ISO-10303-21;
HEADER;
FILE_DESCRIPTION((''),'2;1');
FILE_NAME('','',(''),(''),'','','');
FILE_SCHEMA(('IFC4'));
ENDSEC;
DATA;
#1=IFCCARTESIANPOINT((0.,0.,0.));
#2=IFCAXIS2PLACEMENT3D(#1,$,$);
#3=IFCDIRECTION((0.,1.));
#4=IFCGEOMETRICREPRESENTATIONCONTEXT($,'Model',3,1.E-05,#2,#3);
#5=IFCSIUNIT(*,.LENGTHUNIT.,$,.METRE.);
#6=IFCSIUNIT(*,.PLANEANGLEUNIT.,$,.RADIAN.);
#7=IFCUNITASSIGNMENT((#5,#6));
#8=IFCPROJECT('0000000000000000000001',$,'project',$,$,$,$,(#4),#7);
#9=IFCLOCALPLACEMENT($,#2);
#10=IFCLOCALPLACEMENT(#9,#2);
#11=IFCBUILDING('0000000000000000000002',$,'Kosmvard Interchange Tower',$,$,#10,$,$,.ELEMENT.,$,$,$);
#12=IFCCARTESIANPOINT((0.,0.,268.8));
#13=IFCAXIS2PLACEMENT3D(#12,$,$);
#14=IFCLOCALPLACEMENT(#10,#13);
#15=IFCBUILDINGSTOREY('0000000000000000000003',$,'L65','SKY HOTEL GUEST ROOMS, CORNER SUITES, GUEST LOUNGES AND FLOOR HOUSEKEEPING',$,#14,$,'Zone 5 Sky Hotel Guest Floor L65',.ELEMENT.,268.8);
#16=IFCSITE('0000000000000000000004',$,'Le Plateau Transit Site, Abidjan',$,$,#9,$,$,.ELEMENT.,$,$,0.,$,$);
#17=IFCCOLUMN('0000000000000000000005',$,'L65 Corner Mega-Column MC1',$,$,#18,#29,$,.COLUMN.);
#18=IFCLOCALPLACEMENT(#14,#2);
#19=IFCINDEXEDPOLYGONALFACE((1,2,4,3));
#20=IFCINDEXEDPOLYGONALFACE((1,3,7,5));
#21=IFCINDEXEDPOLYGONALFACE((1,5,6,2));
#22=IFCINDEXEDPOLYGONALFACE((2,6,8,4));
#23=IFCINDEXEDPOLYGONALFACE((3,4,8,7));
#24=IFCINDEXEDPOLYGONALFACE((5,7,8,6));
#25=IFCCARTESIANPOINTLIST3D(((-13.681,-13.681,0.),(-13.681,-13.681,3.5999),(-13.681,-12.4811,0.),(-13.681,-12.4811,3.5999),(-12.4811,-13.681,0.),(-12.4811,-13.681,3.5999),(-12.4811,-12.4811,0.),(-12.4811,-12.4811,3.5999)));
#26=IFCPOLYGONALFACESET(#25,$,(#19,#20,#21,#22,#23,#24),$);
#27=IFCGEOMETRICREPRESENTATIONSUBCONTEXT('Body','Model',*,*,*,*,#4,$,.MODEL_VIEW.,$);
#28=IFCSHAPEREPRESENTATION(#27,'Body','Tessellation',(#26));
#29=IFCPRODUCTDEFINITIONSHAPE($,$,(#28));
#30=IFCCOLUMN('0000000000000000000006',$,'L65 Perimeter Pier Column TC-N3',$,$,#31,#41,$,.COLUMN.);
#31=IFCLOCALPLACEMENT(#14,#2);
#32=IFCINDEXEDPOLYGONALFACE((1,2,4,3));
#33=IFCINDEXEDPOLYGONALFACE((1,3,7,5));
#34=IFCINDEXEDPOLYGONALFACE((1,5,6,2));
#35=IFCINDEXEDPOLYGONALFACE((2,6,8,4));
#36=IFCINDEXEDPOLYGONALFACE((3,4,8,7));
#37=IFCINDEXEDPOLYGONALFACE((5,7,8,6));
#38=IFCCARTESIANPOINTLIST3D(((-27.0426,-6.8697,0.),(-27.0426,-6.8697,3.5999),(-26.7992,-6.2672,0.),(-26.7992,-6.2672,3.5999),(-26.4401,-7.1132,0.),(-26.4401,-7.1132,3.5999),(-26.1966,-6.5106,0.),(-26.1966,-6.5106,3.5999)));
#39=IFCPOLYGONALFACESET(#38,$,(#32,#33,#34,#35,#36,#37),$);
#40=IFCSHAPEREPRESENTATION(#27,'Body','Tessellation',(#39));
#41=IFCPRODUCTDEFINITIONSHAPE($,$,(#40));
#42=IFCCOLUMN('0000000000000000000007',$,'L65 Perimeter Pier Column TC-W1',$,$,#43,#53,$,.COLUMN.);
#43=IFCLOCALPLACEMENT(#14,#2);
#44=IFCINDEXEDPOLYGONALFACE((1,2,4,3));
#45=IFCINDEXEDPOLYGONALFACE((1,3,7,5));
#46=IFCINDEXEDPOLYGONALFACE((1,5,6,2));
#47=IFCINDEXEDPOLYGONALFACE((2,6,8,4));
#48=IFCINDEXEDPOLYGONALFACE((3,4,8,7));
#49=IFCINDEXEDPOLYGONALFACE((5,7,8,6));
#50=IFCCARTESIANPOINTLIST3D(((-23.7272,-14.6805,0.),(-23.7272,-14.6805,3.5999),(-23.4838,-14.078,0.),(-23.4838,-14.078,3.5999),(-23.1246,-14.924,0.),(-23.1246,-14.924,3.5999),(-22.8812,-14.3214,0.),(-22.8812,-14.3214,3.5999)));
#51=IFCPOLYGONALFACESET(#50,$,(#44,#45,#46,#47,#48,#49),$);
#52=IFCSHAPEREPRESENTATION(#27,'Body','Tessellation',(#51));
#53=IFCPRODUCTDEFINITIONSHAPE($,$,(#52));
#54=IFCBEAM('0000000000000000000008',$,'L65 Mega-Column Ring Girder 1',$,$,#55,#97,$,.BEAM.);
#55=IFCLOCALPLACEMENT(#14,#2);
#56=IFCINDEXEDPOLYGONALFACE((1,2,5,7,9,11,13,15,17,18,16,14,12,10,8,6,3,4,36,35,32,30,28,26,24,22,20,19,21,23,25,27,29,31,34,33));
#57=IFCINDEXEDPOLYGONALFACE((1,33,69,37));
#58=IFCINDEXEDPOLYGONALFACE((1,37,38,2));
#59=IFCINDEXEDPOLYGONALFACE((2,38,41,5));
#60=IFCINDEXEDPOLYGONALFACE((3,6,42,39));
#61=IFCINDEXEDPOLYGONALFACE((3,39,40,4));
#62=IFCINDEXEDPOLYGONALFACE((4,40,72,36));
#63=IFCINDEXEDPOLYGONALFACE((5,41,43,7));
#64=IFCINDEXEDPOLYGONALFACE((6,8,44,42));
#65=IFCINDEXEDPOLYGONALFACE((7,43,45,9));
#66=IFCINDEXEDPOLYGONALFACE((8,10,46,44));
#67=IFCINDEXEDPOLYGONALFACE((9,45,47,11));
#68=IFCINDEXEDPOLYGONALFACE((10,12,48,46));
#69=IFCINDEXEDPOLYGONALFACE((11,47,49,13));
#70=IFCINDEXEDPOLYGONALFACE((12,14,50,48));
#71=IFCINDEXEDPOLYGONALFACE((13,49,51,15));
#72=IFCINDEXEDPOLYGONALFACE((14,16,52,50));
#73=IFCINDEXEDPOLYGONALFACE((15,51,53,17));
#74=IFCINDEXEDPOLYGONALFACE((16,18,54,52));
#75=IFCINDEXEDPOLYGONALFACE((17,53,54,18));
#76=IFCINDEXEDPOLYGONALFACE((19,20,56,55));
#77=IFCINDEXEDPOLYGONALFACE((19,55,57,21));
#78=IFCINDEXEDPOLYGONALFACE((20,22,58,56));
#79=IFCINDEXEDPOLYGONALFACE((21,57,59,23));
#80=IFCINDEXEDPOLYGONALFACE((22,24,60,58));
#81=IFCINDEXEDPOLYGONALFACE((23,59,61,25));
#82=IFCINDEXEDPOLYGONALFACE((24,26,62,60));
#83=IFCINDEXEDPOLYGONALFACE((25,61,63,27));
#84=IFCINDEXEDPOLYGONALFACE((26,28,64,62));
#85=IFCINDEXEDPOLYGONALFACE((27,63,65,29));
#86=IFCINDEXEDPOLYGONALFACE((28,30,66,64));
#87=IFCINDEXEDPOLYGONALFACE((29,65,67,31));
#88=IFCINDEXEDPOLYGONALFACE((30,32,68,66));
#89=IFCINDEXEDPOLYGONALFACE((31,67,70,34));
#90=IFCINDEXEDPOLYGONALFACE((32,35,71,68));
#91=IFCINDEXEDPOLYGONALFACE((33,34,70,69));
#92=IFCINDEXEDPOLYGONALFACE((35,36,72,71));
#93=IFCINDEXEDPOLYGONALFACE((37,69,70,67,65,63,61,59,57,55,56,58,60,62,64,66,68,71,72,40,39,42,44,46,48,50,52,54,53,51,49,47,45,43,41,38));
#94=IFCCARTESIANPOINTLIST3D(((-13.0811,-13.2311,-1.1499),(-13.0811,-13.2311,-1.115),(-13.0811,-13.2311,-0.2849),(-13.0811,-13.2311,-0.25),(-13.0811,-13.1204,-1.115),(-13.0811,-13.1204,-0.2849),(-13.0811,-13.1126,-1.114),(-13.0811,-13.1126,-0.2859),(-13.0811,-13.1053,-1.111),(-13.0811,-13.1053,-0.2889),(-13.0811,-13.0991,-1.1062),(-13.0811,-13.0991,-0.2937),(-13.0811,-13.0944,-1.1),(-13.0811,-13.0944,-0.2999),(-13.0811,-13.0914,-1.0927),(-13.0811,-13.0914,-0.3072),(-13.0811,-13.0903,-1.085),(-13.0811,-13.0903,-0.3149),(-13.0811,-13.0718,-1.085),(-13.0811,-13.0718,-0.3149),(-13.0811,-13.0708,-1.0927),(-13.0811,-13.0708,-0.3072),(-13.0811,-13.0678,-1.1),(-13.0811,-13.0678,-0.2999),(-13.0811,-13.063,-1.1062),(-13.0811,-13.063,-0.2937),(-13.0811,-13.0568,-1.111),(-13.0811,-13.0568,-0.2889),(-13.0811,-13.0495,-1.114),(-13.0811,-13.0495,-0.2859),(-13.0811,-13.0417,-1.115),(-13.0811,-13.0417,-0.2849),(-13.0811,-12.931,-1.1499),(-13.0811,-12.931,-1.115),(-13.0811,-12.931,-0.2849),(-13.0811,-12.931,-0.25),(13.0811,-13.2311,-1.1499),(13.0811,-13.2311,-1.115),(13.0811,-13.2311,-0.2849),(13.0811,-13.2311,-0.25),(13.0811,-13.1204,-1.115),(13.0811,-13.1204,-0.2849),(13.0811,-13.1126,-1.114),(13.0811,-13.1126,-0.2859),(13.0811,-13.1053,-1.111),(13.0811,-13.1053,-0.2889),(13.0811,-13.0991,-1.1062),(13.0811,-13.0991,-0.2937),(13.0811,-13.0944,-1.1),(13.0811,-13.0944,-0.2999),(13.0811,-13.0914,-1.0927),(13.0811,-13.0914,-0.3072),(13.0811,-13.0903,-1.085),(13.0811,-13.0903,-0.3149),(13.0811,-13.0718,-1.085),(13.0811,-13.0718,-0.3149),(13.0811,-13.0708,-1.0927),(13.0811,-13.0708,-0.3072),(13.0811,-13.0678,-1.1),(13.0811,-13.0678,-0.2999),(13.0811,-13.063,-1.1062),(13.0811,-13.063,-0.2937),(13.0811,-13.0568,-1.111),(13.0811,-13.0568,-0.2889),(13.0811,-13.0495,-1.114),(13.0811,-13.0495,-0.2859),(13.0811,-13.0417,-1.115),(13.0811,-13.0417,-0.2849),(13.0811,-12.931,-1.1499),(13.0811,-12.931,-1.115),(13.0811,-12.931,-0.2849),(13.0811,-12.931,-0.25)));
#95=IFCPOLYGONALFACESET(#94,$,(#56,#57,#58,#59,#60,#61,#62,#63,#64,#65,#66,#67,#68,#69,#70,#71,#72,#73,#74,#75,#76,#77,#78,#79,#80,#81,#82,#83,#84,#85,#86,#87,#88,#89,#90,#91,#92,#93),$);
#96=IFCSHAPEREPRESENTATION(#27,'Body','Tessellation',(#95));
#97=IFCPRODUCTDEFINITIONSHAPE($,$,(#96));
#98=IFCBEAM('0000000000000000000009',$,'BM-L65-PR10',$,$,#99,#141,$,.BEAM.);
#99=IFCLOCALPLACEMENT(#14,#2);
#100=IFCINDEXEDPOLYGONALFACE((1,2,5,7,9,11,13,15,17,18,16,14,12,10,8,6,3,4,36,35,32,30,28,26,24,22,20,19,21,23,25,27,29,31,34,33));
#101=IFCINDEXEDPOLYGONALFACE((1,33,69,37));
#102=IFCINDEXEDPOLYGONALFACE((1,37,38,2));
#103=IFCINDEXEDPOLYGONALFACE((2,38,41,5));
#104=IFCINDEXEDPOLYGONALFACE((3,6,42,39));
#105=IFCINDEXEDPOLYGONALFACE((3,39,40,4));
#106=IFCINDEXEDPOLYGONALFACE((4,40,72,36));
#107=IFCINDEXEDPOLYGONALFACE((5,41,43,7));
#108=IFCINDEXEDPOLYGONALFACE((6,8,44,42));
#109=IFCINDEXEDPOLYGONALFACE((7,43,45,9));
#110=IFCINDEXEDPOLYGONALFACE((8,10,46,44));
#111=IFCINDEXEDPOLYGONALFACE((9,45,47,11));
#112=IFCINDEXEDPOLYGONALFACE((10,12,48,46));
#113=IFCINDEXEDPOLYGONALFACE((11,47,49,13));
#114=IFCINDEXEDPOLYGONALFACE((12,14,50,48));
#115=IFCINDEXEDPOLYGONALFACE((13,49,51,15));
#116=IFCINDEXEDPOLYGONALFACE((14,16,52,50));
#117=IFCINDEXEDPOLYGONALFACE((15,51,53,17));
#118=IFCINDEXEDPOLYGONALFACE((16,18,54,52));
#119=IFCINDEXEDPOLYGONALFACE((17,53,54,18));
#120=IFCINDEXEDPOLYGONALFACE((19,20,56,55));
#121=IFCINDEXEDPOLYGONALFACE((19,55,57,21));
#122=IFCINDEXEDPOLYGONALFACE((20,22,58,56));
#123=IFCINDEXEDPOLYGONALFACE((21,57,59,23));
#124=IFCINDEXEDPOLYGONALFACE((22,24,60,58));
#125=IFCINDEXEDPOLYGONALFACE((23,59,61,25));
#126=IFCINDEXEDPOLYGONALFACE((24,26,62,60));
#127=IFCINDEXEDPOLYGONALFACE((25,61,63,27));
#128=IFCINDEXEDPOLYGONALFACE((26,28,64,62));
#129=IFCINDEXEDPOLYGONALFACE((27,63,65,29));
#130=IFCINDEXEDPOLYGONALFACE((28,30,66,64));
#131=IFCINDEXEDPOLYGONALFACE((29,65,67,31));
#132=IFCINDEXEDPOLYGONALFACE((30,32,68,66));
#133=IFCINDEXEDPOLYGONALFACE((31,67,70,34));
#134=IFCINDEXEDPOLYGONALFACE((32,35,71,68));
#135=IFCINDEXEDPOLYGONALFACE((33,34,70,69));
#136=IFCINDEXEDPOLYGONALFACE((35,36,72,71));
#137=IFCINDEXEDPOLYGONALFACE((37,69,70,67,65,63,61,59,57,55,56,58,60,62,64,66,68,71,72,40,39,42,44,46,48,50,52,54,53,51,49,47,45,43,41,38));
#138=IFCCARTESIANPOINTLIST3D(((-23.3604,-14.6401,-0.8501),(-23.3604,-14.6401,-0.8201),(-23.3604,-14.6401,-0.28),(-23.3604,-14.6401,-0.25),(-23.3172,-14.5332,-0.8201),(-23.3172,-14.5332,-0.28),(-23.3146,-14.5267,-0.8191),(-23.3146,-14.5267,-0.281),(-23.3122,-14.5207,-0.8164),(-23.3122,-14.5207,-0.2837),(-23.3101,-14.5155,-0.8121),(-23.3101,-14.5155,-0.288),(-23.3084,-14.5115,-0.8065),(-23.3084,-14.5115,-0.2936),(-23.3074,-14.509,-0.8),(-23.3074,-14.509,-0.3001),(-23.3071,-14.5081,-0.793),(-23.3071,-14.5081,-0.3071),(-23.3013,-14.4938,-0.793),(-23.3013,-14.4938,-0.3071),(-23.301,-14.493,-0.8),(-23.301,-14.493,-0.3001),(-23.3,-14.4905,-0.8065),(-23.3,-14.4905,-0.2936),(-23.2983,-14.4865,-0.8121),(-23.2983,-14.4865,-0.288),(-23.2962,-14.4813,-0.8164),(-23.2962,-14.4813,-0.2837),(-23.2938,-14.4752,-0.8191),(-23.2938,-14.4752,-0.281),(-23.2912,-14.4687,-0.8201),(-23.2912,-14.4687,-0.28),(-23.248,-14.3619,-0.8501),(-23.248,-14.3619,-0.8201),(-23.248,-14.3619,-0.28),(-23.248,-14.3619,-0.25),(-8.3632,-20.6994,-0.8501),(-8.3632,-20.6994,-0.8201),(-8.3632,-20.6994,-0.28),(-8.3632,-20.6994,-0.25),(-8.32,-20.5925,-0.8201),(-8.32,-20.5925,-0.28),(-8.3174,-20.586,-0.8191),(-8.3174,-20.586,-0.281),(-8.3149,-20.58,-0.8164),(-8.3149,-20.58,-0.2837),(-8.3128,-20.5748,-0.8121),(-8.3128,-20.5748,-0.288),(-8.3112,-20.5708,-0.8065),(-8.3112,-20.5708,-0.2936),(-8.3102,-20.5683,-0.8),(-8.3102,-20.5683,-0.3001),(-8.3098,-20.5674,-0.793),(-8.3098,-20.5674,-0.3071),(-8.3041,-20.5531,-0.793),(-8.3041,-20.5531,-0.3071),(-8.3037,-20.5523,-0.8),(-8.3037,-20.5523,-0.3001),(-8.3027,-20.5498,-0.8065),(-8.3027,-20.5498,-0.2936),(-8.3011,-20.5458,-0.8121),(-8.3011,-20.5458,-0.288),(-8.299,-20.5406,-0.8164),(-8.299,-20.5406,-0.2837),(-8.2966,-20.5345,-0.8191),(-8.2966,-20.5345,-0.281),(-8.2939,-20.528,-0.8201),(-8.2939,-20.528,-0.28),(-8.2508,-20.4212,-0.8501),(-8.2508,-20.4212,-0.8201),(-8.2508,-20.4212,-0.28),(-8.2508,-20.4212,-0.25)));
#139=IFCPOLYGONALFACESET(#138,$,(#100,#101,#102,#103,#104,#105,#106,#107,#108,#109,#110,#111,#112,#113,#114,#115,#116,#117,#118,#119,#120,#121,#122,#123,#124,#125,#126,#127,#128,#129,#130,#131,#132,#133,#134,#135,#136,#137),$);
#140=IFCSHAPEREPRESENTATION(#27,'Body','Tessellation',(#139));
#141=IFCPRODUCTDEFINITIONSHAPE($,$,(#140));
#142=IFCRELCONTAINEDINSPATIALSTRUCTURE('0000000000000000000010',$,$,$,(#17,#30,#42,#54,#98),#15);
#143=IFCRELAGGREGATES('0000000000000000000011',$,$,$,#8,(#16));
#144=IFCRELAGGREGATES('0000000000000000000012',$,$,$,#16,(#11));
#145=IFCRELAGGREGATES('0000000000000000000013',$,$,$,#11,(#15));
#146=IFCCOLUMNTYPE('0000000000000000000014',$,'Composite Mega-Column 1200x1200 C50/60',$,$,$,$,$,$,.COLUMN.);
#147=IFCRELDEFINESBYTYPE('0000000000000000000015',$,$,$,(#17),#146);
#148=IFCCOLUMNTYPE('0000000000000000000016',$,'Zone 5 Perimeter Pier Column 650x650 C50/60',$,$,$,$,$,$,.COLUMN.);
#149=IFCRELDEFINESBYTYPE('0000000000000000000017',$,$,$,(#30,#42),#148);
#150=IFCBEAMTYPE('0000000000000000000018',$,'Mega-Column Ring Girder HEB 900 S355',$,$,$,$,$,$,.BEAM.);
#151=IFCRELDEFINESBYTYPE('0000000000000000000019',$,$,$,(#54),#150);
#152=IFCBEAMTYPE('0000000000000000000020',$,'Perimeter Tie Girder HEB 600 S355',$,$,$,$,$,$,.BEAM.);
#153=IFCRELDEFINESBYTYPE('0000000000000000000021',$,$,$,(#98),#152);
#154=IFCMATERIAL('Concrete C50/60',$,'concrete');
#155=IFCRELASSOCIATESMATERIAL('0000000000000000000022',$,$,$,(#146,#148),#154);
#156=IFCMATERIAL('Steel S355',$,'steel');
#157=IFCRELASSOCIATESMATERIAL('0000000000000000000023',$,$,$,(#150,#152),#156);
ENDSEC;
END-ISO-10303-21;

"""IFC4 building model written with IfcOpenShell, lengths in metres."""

from ifc_helpers import new_model, si_unit, direction, frame, origin, origin_2d, place, context, subcontext, project, spatial, rectangle, i_section, extrude, source, transform, mapped, material, material_profile, profile_set, type_object, element, save


model = new_model("IFC4")

# Units and contexts
model_context = context("Model", 3, precision=1e-05, world=origin(), true_north=direction((0.0, 1.0)))
body_context = subcontext(model_context, "Body", "Model", "MODEL_VIEW")
ifc_project = project(units=[si_unit("LENGTHUNIT", "METRE"), si_unit("PLANEANGLEUNIT", "RADIAN")], contexts=[model_context])

# Site, building, storey
site_placement = place(None, origin())
site = spatial("IfcSite", under=ifc_project, at=site_placement, Name="Le Plateau Transit Site, Abidjan", CompositionType="ELEMENT", RefElevation=0.0)
building_placement = place(site_placement, origin())
building = spatial("IfcBuilding", under=site, at=building_placement, Name="Kosmvard Interchange Tower", CompositionType="ELEMENT")
storey_placement = place(building_placement, frame((0.0, 0.0, 268.8)))
storey = spatial("IfcBuildingStorey", under=building, at=storey_placement, Name="L65", Description="SKY HOTEL GUEST ROOMS, CORNER SUITES, GUEST LOUNGES AND FLOOR HOUSEKEEPING", LongName="Zone 5 Sky Hotel Guest Floor L65", CompositionType="ELEMENT", Elevation=268.8)

# Columns
ifc_material_1 = material(Name="Concrete C50/60", Category="concrete")
ifc_material_profile_1 = material_profile(ifc_material_1, rectangle(XDim=1.2, YDim=1.2, at=origin_2d()), Name="MC 1200x1200")
ifc_profile_set_1 = profile_set([ifc_material_profile_1], Name="Concrete C50/60")
column_type_1 = type_object("IfcColumnType", Name="Composite Mega-Column 1200x1200 C50/60", PredefinedType="COLUMN", material=ifc_profile_set_1)
shared_shape_1 = source(origin(), body_context, "Body", "SweptSolid", [
    extrude(rectangle(XDim=1.2, YDim=1.2, at=origin_2d()), origin(), (0.0, 0.0, 1.0), 3.5999),
])
column_placement = place(storey_placement, frame((-13.0811, -13.0811, 0.0), z_axis=(0.0, 0.0, 1.0), x_axis=(1.0, 0.0, 0.0)))
element("IfcColumn", 1, at=column_placement, inside=storey, type_object=column_type_1, Name="L65 Corner Mega-Column MC1", PredefinedType="COLUMN", context=body_context, shape_type="MappedRepresentation", body=[
    mapped(shared_shape_1, transform((0.0, 0.0, 0.0), scale=1.0)),
])
ifc_material_profile_2 = material_profile(ifc_material_1, rectangle(XDim=0.6499, YDim=0.6499, at=origin_2d()), Name="TC 650x650")
ifc_profile_set_2 = profile_set([ifc_material_profile_2], Name="Concrete C50/60")
column_type_2 = type_object("IfcColumnType", Name="Zone 5 Perimeter Pier Column 650x650 C50/60", PredefinedType="COLUMN", material=ifc_profile_set_2)
shared_shape_2 = source(origin(), body_context, "Body", "SweptSolid", [
    extrude(rectangle(XDim=0.6499, YDim=0.6499, at=origin_2d()), origin(), (0.0, 0.0, 1.0), 3.5999),
])
for number, where, z_axis, x_axis, name in (
    (2, (-26.6196, -6.6902, 0.0), (0.0, 0.0, 1.0), (0.374607, 0.927184, 0.0), "L65 Perimeter Pier Column TC-N3"),
    (3, (-23.3042, -14.501, 0.0), (0.0, 0.0, 1.0), (0.374607, 0.927184, 0.0), "L65 Perimeter Pier Column TC-W1"),
):
    element("IfcColumn", number, at=place(storey_placement, frame(where, z_axis=z_axis, x_axis=x_axis)), inside=storey, type_object=column_type_2, Name=name, PredefinedType="COLUMN", context=body_context, shape_type="MappedRepresentation", body=[
        mapped(shared_shape_2, transform((0.0, 0.0, 0.0), scale=1.0)),
    ])

# Beams
ifc_material_2 = material(Name="Steel S355", Category="steel")
ifc_material_profile_3 = material_profile(ifc_material_2, i_section(OverallWidth=0.3, OverallDepth=0.8999, WebThickness=0.0186, FlangeThickness=0.0349, FilletRadius=0.03, at=origin_2d()), Name="HEB 900")
ifc_profile_set_3 = profile_set([ifc_material_profile_3], Name="Steel S355")
beam_type_1 = type_object("IfcBeamType", Name="Mega-Column Ring Girder HEB 900 S355", PredefinedType="BEAM", material=ifc_profile_set_3)
shared_shape_3 = source(origin(), body_context, "Body", "SweptSolid", [
    extrude(i_section(OverallWidth=0.3, OverallDepth=0.8999, WebThickness=0.0186, FlangeThickness=0.0349, FilletRadius=0.03, at=origin_2d()), origin(), (0.0, 0.0, 1.0), 26.1621),
])
beam_1_placement = place(storey_placement, frame((-13.0811, -13.0811, -0.7), z_axis=(1.0, 0.0, 0.0), x_axis=(0.0, 1.0, 0.0)))
element("IfcBeam", 4, at=beam_1_placement, inside=storey, type_object=beam_type_1, Name="L65 Mega-Column Ring Girder 1", PredefinedType="BEAM", context=body_context, shape_type="MappedRepresentation", body=[
    mapped(shared_shape_3, transform((0.0, 0.0, 0.0), scale=1.0)),
])
ifc_material_profile_4 = material_profile(ifc_material_2, i_section(OverallWidth=0.3, OverallDepth=0.6001, WebThickness=0.0154, FlangeThickness=0.03, FilletRadius=0.0271, at=origin_2d()), Name="HEB 600")
ifc_profile_set_4 = profile_set([ifc_material_profile_4], Name="Steel S355")
beam_type_2 = type_object("IfcBeamType", Name="Perimeter Tie Girder HEB 600 S355", PredefinedType="BEAM", material=ifc_profile_set_4)
shared_shape_4 = source(origin(), body_context, "Body", "SweptSolid", [
    extrude(i_section(OverallWidth=0.3, OverallDepth=0.6001, WebThickness=0.0154, FlangeThickness=0.03, FilletRadius=0.0271, at=origin_2d()), origin(), (0.0, 0.0, 1.0), 16.175),
])
beam_2_placement = place(storey_placement, frame((-23.3042, -14.501, -0.55), z_axis=(0.927183, -0.374608, 0.0), x_axis=(0.374608, 0.927183, 0.0)))
element("IfcBeam", 5, at=beam_2_placement, inside=storey, type_object=beam_type_2, Name="BM-L65-PR10", PredefinedType="BEAM", context=body_context, shape_type="MappedRepresentation", body=[
    mapped(shared_shape_4, transform((0.0, 0.0, 0.0), scale=1.0)),
])

save(model, "model.ifc")
